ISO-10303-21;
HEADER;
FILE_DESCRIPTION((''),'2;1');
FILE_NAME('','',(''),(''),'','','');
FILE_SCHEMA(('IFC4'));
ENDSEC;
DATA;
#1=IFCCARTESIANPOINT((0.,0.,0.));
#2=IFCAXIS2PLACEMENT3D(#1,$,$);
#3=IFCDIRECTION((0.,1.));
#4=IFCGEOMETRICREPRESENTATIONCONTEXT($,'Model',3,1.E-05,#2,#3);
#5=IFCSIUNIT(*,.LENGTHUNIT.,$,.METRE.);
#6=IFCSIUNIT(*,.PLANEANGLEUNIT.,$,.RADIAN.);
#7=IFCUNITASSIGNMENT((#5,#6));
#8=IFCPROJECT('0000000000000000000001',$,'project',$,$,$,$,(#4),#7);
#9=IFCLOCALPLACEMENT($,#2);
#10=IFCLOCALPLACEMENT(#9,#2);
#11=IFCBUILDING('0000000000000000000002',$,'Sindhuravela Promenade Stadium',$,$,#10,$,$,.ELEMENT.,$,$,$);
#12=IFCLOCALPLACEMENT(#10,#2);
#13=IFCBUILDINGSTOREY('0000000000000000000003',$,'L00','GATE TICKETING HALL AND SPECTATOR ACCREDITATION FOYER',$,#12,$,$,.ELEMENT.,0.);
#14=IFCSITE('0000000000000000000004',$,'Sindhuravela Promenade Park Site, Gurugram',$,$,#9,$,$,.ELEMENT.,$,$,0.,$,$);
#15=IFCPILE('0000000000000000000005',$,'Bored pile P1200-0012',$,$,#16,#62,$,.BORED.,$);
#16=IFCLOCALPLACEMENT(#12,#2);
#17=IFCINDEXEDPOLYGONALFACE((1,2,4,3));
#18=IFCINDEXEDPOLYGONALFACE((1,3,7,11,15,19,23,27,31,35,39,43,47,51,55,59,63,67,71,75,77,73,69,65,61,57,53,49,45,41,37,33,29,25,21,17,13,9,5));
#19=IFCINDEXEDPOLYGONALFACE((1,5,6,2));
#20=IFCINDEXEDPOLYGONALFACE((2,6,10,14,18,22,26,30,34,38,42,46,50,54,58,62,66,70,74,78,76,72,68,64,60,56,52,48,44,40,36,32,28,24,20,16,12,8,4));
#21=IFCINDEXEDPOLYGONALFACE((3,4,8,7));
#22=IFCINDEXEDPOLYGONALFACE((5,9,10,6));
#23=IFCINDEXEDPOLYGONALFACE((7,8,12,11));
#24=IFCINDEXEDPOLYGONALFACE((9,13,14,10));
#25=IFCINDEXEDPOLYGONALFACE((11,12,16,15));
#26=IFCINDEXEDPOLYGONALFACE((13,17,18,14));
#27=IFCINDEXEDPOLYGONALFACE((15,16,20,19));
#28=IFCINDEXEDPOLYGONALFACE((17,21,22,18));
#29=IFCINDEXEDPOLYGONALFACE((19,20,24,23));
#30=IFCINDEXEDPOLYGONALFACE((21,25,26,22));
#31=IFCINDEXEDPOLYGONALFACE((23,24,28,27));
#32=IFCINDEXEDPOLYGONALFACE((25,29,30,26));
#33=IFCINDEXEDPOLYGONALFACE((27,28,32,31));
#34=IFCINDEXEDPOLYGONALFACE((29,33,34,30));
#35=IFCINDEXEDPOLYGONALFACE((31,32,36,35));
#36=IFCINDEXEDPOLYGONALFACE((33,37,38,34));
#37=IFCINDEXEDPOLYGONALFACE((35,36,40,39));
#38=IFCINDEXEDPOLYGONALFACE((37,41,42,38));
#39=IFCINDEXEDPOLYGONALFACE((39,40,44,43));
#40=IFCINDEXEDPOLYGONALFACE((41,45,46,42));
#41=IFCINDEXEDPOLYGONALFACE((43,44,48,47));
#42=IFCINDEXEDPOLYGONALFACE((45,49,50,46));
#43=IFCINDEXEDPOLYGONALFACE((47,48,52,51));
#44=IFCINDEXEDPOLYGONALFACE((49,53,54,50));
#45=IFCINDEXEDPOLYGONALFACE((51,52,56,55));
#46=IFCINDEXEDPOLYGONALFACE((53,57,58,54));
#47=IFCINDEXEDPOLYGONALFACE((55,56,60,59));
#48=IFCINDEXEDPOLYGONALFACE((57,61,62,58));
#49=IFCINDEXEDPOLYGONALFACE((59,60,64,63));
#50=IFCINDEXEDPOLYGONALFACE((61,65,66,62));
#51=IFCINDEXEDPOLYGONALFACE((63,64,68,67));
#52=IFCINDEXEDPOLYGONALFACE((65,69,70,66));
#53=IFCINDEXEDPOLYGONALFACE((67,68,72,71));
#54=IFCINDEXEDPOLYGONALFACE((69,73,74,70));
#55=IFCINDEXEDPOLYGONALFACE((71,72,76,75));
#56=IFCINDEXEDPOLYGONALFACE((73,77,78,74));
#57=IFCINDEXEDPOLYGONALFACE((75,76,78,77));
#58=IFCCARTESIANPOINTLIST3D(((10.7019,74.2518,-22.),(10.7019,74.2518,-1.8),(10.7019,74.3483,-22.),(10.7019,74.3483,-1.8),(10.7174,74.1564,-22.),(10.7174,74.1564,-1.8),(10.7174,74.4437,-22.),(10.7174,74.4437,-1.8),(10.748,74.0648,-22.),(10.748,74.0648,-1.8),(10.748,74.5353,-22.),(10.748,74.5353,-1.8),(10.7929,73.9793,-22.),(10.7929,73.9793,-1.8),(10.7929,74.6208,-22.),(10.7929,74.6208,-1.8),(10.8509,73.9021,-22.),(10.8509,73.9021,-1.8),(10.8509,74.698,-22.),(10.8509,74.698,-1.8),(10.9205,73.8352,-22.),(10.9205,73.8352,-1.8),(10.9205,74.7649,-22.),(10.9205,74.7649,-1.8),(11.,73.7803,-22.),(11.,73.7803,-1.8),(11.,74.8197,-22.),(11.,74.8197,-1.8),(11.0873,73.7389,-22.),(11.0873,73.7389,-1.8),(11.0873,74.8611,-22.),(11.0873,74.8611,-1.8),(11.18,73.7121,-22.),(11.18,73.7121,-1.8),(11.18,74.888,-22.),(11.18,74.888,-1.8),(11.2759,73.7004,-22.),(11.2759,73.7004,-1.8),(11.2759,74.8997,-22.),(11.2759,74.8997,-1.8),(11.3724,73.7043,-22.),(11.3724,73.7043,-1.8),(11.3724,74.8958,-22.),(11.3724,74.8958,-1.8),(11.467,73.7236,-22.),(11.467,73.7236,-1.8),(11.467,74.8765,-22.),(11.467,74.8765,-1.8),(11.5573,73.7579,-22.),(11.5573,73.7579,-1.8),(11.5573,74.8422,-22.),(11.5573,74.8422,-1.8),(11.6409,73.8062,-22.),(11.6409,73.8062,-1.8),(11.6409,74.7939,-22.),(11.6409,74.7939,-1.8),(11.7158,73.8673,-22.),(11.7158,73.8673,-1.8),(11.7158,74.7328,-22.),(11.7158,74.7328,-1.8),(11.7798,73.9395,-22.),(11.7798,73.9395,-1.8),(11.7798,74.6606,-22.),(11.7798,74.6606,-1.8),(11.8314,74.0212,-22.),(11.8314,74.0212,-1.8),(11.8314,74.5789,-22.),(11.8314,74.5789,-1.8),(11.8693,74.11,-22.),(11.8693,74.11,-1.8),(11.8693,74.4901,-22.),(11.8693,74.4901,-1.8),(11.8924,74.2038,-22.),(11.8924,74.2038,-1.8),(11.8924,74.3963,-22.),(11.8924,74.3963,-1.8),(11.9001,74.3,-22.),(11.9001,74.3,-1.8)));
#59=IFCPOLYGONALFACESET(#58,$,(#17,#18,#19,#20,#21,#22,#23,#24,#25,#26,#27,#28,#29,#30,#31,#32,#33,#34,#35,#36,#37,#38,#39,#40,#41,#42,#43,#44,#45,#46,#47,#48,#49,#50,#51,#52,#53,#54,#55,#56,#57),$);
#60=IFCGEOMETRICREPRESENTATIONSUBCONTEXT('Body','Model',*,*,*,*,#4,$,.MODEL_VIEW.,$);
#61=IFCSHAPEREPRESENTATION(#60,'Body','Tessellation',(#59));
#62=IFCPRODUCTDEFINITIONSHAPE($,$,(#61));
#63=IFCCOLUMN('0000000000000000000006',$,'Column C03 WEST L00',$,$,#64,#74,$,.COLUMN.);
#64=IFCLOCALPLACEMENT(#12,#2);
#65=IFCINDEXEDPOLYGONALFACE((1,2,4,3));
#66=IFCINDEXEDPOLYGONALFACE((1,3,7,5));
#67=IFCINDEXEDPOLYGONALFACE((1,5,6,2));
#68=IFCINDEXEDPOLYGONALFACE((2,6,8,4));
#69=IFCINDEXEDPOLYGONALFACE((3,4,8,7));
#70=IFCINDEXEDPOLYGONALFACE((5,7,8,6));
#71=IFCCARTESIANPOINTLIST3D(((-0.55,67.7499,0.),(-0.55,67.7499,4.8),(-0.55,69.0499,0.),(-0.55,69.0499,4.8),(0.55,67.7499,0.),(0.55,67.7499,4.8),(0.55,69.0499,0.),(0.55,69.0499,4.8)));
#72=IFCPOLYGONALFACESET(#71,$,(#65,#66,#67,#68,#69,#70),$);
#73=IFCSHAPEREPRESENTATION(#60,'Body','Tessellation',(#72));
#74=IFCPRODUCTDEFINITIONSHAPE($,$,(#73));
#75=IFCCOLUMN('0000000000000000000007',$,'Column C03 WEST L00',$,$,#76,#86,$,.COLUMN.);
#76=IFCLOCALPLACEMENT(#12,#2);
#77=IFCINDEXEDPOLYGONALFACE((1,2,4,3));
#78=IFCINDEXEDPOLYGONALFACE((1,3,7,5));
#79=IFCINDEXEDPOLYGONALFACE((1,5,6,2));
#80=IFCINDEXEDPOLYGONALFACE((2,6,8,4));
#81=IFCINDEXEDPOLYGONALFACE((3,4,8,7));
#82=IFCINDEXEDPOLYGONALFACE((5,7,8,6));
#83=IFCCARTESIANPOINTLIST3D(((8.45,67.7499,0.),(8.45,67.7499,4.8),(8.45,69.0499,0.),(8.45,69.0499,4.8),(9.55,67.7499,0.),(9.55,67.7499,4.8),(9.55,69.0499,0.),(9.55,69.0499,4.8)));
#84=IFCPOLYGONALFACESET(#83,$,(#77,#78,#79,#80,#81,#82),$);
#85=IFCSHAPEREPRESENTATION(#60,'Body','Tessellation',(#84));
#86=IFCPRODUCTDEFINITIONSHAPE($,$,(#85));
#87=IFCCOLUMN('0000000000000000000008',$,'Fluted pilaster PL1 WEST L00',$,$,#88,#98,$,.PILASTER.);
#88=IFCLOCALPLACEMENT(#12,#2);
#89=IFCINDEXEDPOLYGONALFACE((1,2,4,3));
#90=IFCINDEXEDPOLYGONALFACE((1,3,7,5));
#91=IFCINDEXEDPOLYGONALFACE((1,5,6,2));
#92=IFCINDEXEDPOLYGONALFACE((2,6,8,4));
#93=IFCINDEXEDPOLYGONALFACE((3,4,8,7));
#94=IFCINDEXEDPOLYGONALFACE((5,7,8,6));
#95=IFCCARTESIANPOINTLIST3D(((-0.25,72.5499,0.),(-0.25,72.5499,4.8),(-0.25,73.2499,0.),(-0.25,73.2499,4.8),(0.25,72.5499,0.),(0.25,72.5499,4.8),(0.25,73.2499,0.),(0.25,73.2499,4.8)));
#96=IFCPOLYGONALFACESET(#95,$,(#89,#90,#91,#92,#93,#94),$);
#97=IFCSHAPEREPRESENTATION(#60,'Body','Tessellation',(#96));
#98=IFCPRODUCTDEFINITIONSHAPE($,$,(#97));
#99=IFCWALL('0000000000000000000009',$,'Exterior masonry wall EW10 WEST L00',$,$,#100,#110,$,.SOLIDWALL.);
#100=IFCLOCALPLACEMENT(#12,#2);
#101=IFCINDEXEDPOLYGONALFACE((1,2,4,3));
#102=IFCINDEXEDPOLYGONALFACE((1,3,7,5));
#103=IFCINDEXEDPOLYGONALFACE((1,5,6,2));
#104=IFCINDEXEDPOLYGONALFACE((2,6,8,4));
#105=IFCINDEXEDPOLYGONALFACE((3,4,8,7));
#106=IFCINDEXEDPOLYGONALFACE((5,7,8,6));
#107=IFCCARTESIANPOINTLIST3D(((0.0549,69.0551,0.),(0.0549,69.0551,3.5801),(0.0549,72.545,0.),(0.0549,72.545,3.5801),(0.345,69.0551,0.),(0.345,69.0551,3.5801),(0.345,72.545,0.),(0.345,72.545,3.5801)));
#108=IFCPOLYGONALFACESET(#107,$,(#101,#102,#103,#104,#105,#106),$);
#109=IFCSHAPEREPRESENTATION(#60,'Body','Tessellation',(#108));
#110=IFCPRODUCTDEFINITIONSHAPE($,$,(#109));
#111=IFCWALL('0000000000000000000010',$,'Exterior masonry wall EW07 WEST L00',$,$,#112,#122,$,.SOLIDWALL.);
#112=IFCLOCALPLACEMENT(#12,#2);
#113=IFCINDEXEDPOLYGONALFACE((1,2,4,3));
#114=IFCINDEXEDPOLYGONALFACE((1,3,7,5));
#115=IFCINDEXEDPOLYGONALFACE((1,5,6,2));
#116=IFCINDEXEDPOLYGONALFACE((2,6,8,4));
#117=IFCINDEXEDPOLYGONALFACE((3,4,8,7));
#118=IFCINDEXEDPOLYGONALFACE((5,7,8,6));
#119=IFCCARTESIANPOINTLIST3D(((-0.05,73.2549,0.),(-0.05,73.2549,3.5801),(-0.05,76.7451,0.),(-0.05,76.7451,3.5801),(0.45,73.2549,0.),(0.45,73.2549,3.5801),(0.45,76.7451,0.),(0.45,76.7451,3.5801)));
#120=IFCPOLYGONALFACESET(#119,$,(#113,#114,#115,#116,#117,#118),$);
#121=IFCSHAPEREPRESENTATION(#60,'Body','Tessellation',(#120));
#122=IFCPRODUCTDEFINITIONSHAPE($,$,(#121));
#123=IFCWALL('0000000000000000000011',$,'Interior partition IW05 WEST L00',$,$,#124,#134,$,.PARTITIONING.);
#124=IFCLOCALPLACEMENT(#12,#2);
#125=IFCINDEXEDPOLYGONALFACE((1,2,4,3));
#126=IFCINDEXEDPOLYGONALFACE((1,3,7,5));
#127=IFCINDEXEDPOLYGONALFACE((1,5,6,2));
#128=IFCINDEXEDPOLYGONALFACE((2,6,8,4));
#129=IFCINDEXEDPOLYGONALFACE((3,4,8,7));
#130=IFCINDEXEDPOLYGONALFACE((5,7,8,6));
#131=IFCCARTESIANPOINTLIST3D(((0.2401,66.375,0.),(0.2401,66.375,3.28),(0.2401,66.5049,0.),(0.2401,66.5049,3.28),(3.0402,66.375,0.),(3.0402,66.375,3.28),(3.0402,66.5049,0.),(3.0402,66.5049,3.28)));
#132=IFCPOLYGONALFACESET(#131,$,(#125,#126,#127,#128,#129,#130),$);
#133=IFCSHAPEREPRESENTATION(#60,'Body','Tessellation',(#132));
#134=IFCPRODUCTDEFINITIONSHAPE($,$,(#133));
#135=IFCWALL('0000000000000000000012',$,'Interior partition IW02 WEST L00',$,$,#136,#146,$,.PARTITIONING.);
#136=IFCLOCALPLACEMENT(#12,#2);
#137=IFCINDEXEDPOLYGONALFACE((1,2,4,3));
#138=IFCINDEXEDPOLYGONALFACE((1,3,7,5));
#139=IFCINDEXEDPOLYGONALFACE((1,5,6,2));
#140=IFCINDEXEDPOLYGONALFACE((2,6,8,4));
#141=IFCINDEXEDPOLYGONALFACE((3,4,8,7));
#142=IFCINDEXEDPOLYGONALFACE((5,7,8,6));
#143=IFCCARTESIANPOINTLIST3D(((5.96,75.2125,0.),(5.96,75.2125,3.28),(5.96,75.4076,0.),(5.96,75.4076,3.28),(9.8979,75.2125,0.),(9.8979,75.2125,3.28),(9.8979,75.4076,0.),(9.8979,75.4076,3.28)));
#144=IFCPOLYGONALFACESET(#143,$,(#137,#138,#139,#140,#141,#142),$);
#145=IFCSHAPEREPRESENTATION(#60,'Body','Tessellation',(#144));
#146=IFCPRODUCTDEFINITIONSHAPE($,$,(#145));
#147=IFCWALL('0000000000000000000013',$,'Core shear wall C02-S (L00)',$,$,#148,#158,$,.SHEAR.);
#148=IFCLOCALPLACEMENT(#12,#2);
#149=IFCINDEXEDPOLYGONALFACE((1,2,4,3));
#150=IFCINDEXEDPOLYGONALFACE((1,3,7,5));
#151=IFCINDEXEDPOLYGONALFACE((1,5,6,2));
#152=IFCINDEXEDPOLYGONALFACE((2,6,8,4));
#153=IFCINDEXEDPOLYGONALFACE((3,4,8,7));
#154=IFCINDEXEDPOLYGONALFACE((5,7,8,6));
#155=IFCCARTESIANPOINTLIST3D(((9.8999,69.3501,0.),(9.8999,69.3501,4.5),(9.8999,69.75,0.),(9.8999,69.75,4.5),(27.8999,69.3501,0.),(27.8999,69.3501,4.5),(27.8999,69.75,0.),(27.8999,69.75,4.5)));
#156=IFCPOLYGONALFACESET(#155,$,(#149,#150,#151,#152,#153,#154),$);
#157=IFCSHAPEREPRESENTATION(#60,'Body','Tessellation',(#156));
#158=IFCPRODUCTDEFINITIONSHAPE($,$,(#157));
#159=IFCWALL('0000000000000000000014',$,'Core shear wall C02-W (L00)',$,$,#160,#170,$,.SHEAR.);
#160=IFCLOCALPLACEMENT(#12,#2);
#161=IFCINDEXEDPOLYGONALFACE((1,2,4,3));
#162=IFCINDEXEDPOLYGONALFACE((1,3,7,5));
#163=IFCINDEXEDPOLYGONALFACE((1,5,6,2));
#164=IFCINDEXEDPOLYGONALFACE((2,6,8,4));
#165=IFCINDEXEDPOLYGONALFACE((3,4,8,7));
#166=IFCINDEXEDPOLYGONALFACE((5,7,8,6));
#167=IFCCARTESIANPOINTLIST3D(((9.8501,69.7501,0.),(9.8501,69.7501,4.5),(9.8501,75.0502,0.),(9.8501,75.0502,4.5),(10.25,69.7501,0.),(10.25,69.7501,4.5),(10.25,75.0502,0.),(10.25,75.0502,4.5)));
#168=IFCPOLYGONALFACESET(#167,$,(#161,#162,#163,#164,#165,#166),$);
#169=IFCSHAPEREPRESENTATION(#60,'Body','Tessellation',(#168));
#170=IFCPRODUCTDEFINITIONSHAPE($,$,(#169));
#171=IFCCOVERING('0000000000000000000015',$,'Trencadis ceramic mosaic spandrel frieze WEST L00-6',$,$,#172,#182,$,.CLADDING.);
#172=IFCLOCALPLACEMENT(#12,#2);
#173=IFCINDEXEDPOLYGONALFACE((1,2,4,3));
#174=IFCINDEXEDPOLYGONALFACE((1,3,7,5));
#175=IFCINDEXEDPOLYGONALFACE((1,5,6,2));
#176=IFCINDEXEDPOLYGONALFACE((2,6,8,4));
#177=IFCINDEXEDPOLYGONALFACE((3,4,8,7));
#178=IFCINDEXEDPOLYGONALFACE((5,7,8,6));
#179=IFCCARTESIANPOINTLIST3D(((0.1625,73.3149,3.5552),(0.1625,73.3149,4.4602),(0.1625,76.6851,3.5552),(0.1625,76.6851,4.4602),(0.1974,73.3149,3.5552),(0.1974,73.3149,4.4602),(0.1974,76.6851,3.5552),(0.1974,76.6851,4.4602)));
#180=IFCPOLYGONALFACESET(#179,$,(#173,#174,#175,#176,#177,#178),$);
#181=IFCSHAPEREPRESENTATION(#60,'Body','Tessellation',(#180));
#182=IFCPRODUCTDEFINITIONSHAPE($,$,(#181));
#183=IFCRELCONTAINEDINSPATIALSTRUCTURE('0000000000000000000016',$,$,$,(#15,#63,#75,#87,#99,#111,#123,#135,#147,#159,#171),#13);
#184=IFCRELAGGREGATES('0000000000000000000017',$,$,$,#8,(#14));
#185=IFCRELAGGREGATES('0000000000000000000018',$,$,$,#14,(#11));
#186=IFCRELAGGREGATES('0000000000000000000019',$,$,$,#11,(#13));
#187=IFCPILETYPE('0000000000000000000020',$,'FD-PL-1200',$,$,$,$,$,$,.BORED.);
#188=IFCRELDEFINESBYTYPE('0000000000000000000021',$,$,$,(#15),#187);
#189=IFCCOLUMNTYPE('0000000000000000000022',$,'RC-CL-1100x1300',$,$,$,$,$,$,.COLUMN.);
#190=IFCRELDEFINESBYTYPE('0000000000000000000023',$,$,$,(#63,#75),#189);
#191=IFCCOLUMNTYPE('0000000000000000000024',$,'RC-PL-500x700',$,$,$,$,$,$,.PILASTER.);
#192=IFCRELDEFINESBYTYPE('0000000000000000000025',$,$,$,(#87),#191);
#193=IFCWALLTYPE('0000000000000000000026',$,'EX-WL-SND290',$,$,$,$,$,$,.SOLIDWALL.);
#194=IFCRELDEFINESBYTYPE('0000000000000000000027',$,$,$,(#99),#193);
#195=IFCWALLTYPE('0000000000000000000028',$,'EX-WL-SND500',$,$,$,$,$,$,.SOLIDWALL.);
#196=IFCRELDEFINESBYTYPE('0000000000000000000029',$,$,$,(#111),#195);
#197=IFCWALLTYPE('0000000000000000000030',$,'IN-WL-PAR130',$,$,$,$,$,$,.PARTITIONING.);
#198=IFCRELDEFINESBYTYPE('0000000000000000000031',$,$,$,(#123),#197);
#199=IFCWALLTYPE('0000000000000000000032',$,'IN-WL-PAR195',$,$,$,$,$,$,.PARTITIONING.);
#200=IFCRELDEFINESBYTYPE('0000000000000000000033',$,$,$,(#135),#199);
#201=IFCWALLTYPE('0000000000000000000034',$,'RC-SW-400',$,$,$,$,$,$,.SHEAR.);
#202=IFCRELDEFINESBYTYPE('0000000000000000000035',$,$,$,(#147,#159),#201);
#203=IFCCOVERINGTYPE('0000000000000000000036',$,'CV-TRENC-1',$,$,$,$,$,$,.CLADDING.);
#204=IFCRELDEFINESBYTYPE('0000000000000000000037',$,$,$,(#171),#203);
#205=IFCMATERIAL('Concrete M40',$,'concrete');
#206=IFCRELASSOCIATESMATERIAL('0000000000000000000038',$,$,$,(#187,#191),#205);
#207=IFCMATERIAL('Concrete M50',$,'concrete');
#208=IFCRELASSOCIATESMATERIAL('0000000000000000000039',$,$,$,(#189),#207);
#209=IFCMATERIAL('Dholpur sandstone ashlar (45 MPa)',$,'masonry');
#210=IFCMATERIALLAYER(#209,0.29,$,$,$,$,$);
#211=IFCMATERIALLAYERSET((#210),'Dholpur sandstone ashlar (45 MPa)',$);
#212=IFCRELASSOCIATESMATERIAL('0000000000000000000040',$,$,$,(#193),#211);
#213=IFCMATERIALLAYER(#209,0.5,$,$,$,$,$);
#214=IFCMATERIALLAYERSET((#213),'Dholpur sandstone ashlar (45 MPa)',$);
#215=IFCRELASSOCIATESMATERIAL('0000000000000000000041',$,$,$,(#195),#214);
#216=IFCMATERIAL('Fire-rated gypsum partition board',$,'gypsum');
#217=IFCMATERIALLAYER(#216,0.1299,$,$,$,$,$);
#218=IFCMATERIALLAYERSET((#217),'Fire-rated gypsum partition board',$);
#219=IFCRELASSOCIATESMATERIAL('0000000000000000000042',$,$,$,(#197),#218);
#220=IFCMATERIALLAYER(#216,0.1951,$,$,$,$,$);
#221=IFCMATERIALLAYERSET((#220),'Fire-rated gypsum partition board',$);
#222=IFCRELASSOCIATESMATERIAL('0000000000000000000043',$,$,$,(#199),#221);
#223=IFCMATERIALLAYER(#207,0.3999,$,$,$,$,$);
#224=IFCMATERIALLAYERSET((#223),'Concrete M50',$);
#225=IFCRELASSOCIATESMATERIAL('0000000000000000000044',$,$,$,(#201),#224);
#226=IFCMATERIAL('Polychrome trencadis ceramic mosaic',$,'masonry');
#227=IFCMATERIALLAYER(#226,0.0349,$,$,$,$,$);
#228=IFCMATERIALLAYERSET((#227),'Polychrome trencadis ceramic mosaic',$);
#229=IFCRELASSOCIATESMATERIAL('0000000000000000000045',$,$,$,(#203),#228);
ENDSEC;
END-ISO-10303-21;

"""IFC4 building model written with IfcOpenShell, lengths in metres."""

from ifc_helpers import new_model, si_unit, direction, frame, frame_2d, origin, origin_2d, place, context, subcontext, project, spatial, rectangle, circle, extrude, material, layer, layer_set, material_profile, profile_set, type_object, element, save


model = new_model("IFC4")

# Units and contexts
model_context = context("Model", 3, precision=1e-05, world=origin(), true_north=direction((0.0, 1.0)))
body_context = subcontext(model_context, "Body", "Model", "MODEL_VIEW")
ifc_project = project(units=[si_unit("LENGTHUNIT", "METRE"), si_unit("PLANEANGLEUNIT", "RADIAN")], contexts=[model_context])

# Site, building, storey
site_placement = place(None, origin())
site = spatial("IfcSite", under=ifc_project, at=site_placement, Name="Sindhuravela Promenade Park Site, Gurugram", CompositionType="ELEMENT", RefElevation=0.0)
building_placement = place(site_placement, origin())
building = spatial("IfcBuilding", under=site, at=building_placement, Name="Sindhuravela Promenade Stadium", CompositionType="ELEMENT")
storey_placement = place(building_placement, origin())
storey = spatial("IfcBuildingStorey", under=building, at=storey_placement, Name="L00", Description="GATE TICKETING HALL AND SPECTATOR ACCREDITATION FOYER", CompositionType="ELEMENT", Elevation=0.0)

# Shared definitions
ifc_material_1 = material(Name="Concrete M50", Category="concrete")

# Pile
ifc_material_2 = material(Name="Concrete M40", Category="concrete")
ifc_material_profile_1 = material_profile(ifc_material_2, circle(Radius=0.6001, at=origin_2d()), Name="BORED PILE D1200")
ifc_profile_set_1 = profile_set([ifc_material_profile_1], Name="Concrete M40")
pile_type_1 = type_object("IfcPileType", Name="FD-PL-1200", PredefinedType="BORED", material=ifc_profile_set_1)
for number, where, z_axis, x_axis, name in (
    (1, (11.3, 74.3, -1.8), (0.0, 0.0, -1.0), (1.0, 0.0, 0.0), "Bored pile P1200-0012"),
):
    element("IfcPile", number, at=place(storey_placement, frame(where, z_axis=z_axis, x_axis=x_axis)), inside=storey, type_object=pile_type_1, Name=name, PredefinedType="BORED", context=body_context, shape_type="SweptSolid", body=[
        extrude(circle(Radius=0.6001, at=origin_2d()), origin(), (0.0, 0.0, 1.0), 20.2),
    ])

# Columns
ifc_material_profile_2 = material_profile(ifc_material_1, rectangle(XDim=1.1001, YDim=1.3, at=origin_2d()), Name="RC 1100x1300")
ifc_profile_set_2 = profile_set([ifc_material_profile_2], Name="Concrete M50")
column_type_1 = type_object("IfcColumnType", Name="RC-CL-1100x1300", PredefinedType="COLUMN", material=ifc_profile_set_2)
for number, where, z_axis, x_axis, name in (
    (2, (0.0, 68.3999, 0.0), (0.0, 0.0, 1.0), (1.0, 0.0, 0.0), "Column C03 WEST L00"),
    (3, (9.0, 68.3999, 0.0), (0.0, 0.0, 1.0), (1.0, 0.0, 0.0), "Column C03 WEST L00"),
):
    element("IfcColumn", number, at=place(storey_placement, frame(where, z_axis=z_axis, x_axis=x_axis)), inside=storey, type_object=column_type_1, Name=name, PredefinedType="COLUMN", context=body_context, shape_type="SweptSolid", body=[
        extrude(rectangle(XDim=1.1001, YDim=1.3, at=origin_2d()), origin(), (0.0, 0.0, 1.0), 4.8),
    ])
ifc_material_profile_3 = material_profile(ifc_material_2, rectangle(XDim=0.5, YDim=0.7, at=origin_2d()), Name="PIL 500x700")
ifc_profile_set_3 = profile_set([ifc_material_profile_3], Name="Concrete M40")
column_type_2 = type_object("IfcColumnType", Name="RC-PL-500x700", PredefinedType="PILASTER", material=ifc_profile_set_3)
column_placement = place(storey_placement, frame((0.0, 72.8999, 0.0), z_axis=(0.0, 0.0, 1.0), x_axis=(1.0, 0.0, 0.0)))
element("IfcColumn", 4, at=column_placement, inside=storey, type_object=column_type_2, Name="Fluted pilaster PL1 WEST L00", PredefinedType="PILASTER", context=body_context, shape_type="SweptSolid", body=[
    extrude(rectangle(XDim=0.5, YDim=0.7, at=origin_2d()), origin(), (0.0, 0.0, 1.0), 4.8),
])

# Walls
ifc_material_3 = material(Name="Dholpur sandstone ashlar (45 MPa)", Category="masonry")
ifc_layer_1 = layer(ifc_material_3, 0.29)
ifc_layer_set_1 = layer_set([ifc_layer_1], Name="Dholpur sandstone ashlar (45 MPa)")
wall_type_1 = type_object("IfcWallType", Name="EX-WL-SND290", PredefinedType="SOLIDWALL", material=ifc_layer_set_1)
wall_1_placement = place(storey_placement, frame((0.2, 69.0549, 0.0), z_axis=(0.0, 0.0, 1.0), x_axis=(0.0, 1.0, 0.0)))
element("IfcWall", 5, at=wall_1_placement, inside=storey, type_object=wall_type_1, Name="Exterior masonry wall EW10 WEST L00", PredefinedType="SOLIDWALL", context=body_context, shape_type="SweptSolid", body=[
    extrude(rectangle(XDim=3.49, YDim=0.29, at=frame_2d((1.7451, 0.0))), origin(), (0.0, 0.0, 1.0), 3.5801),
])
ifc_layer_2 = layer(ifc_material_3, 0.5)
ifc_layer_set_2 = layer_set([ifc_layer_2], Name="Dholpur sandstone ashlar (45 MPa)")
wall_type_2 = type_object("IfcWallType", Name="EX-WL-SND500", PredefinedType="SOLIDWALL", material=ifc_layer_set_2)
wall_2_placement = place(storey_placement, frame((0.2, 73.2549, 0.0), z_axis=(0.0, 0.0, 1.0), x_axis=(0.0, 1.0, 0.0)))
element("IfcWall", 6, at=wall_2_placement, inside=storey, type_object=wall_type_2, Name="Exterior masonry wall EW07 WEST L00", PredefinedType="SOLIDWALL", context=body_context, shape_type="SweptSolid", body=[
    extrude(rectangle(XDim=3.4902, YDim=0.5, at=frame_2d((1.7451, 0.0))), origin(), (0.0, 0.0, 1.0), 3.5801),
])
ifc_material_4 = material(Name="Fire-rated gypsum partition board", Category="gypsum")
ifc_layer_3 = layer(ifc_material_4, 0.1299)
ifc_layer_set_3 = layer_set([ifc_layer_3], Name="Fire-rated gypsum partition board")
wall_type_3 = type_object("IfcWallType", Name="IN-WL-PAR130", PredefinedType="PARTITIONING", material=ifc_layer_set_3)
wall_3_placement = place(storey_placement, frame((3.04, 66.4399, 0.0), z_axis=(0.0, 0.0, 1.0), x_axis=(-1.0, 0.0, 0.0)))
element("IfcWall", 7, at=wall_3_placement, inside=storey, type_object=wall_type_3, Name="Interior partition IW05 WEST L00", PredefinedType="PARTITIONING", context=body_context, shape_type="SweptSolid", body=[
    extrude(rectangle(XDim=2.8, YDim=0.1299, at=frame_2d((1.3999, 0.0))), origin(), (0.0, 0.0, 1.0), 3.28),
])
ifc_layer_4 = layer(ifc_material_4, 0.1951)
ifc_layer_set_4 = layer_set([ifc_layer_4], Name="Fire-rated gypsum partition board")
wall_type_4 = type_object("IfcWallType", Name="IN-WL-PAR195", PredefinedType="PARTITIONING", material=ifc_layer_set_4)
wall_4_placement = place(storey_placement, frame((5.96, 75.3101, 0.0), z_axis=(0.0, 0.0, 1.0), x_axis=(1.0, 0.0, 0.0)))
element("IfcWall", 8, at=wall_4_placement, inside=storey, type_object=wall_type_4, Name="Interior partition IW02 WEST L00", PredefinedType="PARTITIONING", context=body_context, shape_type="SweptSolid", body=[
    extrude(rectangle(XDim=3.938, YDim=0.1951, at=frame_2d((1.969, 0.0))), origin(), (0.0, 0.0, 1.0), 3.28),
])
ifc_layer_5 = layer(ifc_material_1, 0.3999)
ifc_layer_set_5 = layer_set([ifc_layer_5], Name="Concrete M50")
wall_type_5 = type_object("IfcWallType", Name="RC-SW-400", PredefinedType="SHEAR", material=ifc_layer_set_5)
wall_5_placement = place(storey_placement, frame((9.8999, 69.55, 0.0), z_axis=(0.0, 0.0, 1.0), x_axis=(1.0, 0.0, 0.0)))
element("IfcWall", 9, at=wall_5_placement, inside=storey, type_object=wall_type_5, Name="Core shear wall C02-S (L00)", PredefinedType="SHEAR", context=body_context, shape_type="SweptSolid", body=[
    extrude(rectangle(XDim=18.0, YDim=0.3999, at=frame_2d((9.0, 0.0))), origin(), (0.0, 0.0, 1.0), 4.5),
])
wall_6_placement = place(storey_placement, frame((10.05, 75.05, 0.0), z_axis=(0.0, 0.0, 1.0), x_axis=(0.0, -1.0, 0.0)))
element("IfcWall", 10, at=wall_6_placement, inside=storey, type_object=wall_type_5, Name="Core shear wall C02-W (L00)", PredefinedType="SHEAR", context=body_context, shape_type="SweptSolid", body=[
    extrude(rectangle(XDim=5.3, YDim=0.3999, at=frame_2d((2.6499, 0.0))), origin(), (0.0, 0.0, 1.0), 4.5),
])

# Covering
ifc_material_5 = material(Name="Polychrome trencadis ceramic mosaic", Category="masonry")
ifc_layer_6 = layer(ifc_material_5, 0.0349)
ifc_layer_set_6 = layer_set([ifc_layer_6], Name="Polychrome trencadis ceramic mosaic")
covering_type_1 = type_object("IfcCoveringType", Name="CV-TRENC-1", PredefinedType="CLADDING", material=ifc_layer_set_6)
covering_1_placement = place(storey_placement, frame((0.1799, 75.0, 3.5552), z_axis=(0.0, 0.0, 1.0), x_axis=(0.0, 1.0, 0.0)))
element("IfcCovering", 11, at=covering_1_placement, inside=storey, type_object=covering_type_1, Name="Trencadis ceramic mosaic spandrel frieze WEST L00-6", PredefinedType="CLADDING", context=body_context, shape_type="SweptSolid", body=[
    extrude(rectangle(XDim=3.3701, YDim=0.0349, at=origin_2d()), origin(), (0.0, 0.0, 1.0), 0.905),
])

save(model, "model.ifc")
